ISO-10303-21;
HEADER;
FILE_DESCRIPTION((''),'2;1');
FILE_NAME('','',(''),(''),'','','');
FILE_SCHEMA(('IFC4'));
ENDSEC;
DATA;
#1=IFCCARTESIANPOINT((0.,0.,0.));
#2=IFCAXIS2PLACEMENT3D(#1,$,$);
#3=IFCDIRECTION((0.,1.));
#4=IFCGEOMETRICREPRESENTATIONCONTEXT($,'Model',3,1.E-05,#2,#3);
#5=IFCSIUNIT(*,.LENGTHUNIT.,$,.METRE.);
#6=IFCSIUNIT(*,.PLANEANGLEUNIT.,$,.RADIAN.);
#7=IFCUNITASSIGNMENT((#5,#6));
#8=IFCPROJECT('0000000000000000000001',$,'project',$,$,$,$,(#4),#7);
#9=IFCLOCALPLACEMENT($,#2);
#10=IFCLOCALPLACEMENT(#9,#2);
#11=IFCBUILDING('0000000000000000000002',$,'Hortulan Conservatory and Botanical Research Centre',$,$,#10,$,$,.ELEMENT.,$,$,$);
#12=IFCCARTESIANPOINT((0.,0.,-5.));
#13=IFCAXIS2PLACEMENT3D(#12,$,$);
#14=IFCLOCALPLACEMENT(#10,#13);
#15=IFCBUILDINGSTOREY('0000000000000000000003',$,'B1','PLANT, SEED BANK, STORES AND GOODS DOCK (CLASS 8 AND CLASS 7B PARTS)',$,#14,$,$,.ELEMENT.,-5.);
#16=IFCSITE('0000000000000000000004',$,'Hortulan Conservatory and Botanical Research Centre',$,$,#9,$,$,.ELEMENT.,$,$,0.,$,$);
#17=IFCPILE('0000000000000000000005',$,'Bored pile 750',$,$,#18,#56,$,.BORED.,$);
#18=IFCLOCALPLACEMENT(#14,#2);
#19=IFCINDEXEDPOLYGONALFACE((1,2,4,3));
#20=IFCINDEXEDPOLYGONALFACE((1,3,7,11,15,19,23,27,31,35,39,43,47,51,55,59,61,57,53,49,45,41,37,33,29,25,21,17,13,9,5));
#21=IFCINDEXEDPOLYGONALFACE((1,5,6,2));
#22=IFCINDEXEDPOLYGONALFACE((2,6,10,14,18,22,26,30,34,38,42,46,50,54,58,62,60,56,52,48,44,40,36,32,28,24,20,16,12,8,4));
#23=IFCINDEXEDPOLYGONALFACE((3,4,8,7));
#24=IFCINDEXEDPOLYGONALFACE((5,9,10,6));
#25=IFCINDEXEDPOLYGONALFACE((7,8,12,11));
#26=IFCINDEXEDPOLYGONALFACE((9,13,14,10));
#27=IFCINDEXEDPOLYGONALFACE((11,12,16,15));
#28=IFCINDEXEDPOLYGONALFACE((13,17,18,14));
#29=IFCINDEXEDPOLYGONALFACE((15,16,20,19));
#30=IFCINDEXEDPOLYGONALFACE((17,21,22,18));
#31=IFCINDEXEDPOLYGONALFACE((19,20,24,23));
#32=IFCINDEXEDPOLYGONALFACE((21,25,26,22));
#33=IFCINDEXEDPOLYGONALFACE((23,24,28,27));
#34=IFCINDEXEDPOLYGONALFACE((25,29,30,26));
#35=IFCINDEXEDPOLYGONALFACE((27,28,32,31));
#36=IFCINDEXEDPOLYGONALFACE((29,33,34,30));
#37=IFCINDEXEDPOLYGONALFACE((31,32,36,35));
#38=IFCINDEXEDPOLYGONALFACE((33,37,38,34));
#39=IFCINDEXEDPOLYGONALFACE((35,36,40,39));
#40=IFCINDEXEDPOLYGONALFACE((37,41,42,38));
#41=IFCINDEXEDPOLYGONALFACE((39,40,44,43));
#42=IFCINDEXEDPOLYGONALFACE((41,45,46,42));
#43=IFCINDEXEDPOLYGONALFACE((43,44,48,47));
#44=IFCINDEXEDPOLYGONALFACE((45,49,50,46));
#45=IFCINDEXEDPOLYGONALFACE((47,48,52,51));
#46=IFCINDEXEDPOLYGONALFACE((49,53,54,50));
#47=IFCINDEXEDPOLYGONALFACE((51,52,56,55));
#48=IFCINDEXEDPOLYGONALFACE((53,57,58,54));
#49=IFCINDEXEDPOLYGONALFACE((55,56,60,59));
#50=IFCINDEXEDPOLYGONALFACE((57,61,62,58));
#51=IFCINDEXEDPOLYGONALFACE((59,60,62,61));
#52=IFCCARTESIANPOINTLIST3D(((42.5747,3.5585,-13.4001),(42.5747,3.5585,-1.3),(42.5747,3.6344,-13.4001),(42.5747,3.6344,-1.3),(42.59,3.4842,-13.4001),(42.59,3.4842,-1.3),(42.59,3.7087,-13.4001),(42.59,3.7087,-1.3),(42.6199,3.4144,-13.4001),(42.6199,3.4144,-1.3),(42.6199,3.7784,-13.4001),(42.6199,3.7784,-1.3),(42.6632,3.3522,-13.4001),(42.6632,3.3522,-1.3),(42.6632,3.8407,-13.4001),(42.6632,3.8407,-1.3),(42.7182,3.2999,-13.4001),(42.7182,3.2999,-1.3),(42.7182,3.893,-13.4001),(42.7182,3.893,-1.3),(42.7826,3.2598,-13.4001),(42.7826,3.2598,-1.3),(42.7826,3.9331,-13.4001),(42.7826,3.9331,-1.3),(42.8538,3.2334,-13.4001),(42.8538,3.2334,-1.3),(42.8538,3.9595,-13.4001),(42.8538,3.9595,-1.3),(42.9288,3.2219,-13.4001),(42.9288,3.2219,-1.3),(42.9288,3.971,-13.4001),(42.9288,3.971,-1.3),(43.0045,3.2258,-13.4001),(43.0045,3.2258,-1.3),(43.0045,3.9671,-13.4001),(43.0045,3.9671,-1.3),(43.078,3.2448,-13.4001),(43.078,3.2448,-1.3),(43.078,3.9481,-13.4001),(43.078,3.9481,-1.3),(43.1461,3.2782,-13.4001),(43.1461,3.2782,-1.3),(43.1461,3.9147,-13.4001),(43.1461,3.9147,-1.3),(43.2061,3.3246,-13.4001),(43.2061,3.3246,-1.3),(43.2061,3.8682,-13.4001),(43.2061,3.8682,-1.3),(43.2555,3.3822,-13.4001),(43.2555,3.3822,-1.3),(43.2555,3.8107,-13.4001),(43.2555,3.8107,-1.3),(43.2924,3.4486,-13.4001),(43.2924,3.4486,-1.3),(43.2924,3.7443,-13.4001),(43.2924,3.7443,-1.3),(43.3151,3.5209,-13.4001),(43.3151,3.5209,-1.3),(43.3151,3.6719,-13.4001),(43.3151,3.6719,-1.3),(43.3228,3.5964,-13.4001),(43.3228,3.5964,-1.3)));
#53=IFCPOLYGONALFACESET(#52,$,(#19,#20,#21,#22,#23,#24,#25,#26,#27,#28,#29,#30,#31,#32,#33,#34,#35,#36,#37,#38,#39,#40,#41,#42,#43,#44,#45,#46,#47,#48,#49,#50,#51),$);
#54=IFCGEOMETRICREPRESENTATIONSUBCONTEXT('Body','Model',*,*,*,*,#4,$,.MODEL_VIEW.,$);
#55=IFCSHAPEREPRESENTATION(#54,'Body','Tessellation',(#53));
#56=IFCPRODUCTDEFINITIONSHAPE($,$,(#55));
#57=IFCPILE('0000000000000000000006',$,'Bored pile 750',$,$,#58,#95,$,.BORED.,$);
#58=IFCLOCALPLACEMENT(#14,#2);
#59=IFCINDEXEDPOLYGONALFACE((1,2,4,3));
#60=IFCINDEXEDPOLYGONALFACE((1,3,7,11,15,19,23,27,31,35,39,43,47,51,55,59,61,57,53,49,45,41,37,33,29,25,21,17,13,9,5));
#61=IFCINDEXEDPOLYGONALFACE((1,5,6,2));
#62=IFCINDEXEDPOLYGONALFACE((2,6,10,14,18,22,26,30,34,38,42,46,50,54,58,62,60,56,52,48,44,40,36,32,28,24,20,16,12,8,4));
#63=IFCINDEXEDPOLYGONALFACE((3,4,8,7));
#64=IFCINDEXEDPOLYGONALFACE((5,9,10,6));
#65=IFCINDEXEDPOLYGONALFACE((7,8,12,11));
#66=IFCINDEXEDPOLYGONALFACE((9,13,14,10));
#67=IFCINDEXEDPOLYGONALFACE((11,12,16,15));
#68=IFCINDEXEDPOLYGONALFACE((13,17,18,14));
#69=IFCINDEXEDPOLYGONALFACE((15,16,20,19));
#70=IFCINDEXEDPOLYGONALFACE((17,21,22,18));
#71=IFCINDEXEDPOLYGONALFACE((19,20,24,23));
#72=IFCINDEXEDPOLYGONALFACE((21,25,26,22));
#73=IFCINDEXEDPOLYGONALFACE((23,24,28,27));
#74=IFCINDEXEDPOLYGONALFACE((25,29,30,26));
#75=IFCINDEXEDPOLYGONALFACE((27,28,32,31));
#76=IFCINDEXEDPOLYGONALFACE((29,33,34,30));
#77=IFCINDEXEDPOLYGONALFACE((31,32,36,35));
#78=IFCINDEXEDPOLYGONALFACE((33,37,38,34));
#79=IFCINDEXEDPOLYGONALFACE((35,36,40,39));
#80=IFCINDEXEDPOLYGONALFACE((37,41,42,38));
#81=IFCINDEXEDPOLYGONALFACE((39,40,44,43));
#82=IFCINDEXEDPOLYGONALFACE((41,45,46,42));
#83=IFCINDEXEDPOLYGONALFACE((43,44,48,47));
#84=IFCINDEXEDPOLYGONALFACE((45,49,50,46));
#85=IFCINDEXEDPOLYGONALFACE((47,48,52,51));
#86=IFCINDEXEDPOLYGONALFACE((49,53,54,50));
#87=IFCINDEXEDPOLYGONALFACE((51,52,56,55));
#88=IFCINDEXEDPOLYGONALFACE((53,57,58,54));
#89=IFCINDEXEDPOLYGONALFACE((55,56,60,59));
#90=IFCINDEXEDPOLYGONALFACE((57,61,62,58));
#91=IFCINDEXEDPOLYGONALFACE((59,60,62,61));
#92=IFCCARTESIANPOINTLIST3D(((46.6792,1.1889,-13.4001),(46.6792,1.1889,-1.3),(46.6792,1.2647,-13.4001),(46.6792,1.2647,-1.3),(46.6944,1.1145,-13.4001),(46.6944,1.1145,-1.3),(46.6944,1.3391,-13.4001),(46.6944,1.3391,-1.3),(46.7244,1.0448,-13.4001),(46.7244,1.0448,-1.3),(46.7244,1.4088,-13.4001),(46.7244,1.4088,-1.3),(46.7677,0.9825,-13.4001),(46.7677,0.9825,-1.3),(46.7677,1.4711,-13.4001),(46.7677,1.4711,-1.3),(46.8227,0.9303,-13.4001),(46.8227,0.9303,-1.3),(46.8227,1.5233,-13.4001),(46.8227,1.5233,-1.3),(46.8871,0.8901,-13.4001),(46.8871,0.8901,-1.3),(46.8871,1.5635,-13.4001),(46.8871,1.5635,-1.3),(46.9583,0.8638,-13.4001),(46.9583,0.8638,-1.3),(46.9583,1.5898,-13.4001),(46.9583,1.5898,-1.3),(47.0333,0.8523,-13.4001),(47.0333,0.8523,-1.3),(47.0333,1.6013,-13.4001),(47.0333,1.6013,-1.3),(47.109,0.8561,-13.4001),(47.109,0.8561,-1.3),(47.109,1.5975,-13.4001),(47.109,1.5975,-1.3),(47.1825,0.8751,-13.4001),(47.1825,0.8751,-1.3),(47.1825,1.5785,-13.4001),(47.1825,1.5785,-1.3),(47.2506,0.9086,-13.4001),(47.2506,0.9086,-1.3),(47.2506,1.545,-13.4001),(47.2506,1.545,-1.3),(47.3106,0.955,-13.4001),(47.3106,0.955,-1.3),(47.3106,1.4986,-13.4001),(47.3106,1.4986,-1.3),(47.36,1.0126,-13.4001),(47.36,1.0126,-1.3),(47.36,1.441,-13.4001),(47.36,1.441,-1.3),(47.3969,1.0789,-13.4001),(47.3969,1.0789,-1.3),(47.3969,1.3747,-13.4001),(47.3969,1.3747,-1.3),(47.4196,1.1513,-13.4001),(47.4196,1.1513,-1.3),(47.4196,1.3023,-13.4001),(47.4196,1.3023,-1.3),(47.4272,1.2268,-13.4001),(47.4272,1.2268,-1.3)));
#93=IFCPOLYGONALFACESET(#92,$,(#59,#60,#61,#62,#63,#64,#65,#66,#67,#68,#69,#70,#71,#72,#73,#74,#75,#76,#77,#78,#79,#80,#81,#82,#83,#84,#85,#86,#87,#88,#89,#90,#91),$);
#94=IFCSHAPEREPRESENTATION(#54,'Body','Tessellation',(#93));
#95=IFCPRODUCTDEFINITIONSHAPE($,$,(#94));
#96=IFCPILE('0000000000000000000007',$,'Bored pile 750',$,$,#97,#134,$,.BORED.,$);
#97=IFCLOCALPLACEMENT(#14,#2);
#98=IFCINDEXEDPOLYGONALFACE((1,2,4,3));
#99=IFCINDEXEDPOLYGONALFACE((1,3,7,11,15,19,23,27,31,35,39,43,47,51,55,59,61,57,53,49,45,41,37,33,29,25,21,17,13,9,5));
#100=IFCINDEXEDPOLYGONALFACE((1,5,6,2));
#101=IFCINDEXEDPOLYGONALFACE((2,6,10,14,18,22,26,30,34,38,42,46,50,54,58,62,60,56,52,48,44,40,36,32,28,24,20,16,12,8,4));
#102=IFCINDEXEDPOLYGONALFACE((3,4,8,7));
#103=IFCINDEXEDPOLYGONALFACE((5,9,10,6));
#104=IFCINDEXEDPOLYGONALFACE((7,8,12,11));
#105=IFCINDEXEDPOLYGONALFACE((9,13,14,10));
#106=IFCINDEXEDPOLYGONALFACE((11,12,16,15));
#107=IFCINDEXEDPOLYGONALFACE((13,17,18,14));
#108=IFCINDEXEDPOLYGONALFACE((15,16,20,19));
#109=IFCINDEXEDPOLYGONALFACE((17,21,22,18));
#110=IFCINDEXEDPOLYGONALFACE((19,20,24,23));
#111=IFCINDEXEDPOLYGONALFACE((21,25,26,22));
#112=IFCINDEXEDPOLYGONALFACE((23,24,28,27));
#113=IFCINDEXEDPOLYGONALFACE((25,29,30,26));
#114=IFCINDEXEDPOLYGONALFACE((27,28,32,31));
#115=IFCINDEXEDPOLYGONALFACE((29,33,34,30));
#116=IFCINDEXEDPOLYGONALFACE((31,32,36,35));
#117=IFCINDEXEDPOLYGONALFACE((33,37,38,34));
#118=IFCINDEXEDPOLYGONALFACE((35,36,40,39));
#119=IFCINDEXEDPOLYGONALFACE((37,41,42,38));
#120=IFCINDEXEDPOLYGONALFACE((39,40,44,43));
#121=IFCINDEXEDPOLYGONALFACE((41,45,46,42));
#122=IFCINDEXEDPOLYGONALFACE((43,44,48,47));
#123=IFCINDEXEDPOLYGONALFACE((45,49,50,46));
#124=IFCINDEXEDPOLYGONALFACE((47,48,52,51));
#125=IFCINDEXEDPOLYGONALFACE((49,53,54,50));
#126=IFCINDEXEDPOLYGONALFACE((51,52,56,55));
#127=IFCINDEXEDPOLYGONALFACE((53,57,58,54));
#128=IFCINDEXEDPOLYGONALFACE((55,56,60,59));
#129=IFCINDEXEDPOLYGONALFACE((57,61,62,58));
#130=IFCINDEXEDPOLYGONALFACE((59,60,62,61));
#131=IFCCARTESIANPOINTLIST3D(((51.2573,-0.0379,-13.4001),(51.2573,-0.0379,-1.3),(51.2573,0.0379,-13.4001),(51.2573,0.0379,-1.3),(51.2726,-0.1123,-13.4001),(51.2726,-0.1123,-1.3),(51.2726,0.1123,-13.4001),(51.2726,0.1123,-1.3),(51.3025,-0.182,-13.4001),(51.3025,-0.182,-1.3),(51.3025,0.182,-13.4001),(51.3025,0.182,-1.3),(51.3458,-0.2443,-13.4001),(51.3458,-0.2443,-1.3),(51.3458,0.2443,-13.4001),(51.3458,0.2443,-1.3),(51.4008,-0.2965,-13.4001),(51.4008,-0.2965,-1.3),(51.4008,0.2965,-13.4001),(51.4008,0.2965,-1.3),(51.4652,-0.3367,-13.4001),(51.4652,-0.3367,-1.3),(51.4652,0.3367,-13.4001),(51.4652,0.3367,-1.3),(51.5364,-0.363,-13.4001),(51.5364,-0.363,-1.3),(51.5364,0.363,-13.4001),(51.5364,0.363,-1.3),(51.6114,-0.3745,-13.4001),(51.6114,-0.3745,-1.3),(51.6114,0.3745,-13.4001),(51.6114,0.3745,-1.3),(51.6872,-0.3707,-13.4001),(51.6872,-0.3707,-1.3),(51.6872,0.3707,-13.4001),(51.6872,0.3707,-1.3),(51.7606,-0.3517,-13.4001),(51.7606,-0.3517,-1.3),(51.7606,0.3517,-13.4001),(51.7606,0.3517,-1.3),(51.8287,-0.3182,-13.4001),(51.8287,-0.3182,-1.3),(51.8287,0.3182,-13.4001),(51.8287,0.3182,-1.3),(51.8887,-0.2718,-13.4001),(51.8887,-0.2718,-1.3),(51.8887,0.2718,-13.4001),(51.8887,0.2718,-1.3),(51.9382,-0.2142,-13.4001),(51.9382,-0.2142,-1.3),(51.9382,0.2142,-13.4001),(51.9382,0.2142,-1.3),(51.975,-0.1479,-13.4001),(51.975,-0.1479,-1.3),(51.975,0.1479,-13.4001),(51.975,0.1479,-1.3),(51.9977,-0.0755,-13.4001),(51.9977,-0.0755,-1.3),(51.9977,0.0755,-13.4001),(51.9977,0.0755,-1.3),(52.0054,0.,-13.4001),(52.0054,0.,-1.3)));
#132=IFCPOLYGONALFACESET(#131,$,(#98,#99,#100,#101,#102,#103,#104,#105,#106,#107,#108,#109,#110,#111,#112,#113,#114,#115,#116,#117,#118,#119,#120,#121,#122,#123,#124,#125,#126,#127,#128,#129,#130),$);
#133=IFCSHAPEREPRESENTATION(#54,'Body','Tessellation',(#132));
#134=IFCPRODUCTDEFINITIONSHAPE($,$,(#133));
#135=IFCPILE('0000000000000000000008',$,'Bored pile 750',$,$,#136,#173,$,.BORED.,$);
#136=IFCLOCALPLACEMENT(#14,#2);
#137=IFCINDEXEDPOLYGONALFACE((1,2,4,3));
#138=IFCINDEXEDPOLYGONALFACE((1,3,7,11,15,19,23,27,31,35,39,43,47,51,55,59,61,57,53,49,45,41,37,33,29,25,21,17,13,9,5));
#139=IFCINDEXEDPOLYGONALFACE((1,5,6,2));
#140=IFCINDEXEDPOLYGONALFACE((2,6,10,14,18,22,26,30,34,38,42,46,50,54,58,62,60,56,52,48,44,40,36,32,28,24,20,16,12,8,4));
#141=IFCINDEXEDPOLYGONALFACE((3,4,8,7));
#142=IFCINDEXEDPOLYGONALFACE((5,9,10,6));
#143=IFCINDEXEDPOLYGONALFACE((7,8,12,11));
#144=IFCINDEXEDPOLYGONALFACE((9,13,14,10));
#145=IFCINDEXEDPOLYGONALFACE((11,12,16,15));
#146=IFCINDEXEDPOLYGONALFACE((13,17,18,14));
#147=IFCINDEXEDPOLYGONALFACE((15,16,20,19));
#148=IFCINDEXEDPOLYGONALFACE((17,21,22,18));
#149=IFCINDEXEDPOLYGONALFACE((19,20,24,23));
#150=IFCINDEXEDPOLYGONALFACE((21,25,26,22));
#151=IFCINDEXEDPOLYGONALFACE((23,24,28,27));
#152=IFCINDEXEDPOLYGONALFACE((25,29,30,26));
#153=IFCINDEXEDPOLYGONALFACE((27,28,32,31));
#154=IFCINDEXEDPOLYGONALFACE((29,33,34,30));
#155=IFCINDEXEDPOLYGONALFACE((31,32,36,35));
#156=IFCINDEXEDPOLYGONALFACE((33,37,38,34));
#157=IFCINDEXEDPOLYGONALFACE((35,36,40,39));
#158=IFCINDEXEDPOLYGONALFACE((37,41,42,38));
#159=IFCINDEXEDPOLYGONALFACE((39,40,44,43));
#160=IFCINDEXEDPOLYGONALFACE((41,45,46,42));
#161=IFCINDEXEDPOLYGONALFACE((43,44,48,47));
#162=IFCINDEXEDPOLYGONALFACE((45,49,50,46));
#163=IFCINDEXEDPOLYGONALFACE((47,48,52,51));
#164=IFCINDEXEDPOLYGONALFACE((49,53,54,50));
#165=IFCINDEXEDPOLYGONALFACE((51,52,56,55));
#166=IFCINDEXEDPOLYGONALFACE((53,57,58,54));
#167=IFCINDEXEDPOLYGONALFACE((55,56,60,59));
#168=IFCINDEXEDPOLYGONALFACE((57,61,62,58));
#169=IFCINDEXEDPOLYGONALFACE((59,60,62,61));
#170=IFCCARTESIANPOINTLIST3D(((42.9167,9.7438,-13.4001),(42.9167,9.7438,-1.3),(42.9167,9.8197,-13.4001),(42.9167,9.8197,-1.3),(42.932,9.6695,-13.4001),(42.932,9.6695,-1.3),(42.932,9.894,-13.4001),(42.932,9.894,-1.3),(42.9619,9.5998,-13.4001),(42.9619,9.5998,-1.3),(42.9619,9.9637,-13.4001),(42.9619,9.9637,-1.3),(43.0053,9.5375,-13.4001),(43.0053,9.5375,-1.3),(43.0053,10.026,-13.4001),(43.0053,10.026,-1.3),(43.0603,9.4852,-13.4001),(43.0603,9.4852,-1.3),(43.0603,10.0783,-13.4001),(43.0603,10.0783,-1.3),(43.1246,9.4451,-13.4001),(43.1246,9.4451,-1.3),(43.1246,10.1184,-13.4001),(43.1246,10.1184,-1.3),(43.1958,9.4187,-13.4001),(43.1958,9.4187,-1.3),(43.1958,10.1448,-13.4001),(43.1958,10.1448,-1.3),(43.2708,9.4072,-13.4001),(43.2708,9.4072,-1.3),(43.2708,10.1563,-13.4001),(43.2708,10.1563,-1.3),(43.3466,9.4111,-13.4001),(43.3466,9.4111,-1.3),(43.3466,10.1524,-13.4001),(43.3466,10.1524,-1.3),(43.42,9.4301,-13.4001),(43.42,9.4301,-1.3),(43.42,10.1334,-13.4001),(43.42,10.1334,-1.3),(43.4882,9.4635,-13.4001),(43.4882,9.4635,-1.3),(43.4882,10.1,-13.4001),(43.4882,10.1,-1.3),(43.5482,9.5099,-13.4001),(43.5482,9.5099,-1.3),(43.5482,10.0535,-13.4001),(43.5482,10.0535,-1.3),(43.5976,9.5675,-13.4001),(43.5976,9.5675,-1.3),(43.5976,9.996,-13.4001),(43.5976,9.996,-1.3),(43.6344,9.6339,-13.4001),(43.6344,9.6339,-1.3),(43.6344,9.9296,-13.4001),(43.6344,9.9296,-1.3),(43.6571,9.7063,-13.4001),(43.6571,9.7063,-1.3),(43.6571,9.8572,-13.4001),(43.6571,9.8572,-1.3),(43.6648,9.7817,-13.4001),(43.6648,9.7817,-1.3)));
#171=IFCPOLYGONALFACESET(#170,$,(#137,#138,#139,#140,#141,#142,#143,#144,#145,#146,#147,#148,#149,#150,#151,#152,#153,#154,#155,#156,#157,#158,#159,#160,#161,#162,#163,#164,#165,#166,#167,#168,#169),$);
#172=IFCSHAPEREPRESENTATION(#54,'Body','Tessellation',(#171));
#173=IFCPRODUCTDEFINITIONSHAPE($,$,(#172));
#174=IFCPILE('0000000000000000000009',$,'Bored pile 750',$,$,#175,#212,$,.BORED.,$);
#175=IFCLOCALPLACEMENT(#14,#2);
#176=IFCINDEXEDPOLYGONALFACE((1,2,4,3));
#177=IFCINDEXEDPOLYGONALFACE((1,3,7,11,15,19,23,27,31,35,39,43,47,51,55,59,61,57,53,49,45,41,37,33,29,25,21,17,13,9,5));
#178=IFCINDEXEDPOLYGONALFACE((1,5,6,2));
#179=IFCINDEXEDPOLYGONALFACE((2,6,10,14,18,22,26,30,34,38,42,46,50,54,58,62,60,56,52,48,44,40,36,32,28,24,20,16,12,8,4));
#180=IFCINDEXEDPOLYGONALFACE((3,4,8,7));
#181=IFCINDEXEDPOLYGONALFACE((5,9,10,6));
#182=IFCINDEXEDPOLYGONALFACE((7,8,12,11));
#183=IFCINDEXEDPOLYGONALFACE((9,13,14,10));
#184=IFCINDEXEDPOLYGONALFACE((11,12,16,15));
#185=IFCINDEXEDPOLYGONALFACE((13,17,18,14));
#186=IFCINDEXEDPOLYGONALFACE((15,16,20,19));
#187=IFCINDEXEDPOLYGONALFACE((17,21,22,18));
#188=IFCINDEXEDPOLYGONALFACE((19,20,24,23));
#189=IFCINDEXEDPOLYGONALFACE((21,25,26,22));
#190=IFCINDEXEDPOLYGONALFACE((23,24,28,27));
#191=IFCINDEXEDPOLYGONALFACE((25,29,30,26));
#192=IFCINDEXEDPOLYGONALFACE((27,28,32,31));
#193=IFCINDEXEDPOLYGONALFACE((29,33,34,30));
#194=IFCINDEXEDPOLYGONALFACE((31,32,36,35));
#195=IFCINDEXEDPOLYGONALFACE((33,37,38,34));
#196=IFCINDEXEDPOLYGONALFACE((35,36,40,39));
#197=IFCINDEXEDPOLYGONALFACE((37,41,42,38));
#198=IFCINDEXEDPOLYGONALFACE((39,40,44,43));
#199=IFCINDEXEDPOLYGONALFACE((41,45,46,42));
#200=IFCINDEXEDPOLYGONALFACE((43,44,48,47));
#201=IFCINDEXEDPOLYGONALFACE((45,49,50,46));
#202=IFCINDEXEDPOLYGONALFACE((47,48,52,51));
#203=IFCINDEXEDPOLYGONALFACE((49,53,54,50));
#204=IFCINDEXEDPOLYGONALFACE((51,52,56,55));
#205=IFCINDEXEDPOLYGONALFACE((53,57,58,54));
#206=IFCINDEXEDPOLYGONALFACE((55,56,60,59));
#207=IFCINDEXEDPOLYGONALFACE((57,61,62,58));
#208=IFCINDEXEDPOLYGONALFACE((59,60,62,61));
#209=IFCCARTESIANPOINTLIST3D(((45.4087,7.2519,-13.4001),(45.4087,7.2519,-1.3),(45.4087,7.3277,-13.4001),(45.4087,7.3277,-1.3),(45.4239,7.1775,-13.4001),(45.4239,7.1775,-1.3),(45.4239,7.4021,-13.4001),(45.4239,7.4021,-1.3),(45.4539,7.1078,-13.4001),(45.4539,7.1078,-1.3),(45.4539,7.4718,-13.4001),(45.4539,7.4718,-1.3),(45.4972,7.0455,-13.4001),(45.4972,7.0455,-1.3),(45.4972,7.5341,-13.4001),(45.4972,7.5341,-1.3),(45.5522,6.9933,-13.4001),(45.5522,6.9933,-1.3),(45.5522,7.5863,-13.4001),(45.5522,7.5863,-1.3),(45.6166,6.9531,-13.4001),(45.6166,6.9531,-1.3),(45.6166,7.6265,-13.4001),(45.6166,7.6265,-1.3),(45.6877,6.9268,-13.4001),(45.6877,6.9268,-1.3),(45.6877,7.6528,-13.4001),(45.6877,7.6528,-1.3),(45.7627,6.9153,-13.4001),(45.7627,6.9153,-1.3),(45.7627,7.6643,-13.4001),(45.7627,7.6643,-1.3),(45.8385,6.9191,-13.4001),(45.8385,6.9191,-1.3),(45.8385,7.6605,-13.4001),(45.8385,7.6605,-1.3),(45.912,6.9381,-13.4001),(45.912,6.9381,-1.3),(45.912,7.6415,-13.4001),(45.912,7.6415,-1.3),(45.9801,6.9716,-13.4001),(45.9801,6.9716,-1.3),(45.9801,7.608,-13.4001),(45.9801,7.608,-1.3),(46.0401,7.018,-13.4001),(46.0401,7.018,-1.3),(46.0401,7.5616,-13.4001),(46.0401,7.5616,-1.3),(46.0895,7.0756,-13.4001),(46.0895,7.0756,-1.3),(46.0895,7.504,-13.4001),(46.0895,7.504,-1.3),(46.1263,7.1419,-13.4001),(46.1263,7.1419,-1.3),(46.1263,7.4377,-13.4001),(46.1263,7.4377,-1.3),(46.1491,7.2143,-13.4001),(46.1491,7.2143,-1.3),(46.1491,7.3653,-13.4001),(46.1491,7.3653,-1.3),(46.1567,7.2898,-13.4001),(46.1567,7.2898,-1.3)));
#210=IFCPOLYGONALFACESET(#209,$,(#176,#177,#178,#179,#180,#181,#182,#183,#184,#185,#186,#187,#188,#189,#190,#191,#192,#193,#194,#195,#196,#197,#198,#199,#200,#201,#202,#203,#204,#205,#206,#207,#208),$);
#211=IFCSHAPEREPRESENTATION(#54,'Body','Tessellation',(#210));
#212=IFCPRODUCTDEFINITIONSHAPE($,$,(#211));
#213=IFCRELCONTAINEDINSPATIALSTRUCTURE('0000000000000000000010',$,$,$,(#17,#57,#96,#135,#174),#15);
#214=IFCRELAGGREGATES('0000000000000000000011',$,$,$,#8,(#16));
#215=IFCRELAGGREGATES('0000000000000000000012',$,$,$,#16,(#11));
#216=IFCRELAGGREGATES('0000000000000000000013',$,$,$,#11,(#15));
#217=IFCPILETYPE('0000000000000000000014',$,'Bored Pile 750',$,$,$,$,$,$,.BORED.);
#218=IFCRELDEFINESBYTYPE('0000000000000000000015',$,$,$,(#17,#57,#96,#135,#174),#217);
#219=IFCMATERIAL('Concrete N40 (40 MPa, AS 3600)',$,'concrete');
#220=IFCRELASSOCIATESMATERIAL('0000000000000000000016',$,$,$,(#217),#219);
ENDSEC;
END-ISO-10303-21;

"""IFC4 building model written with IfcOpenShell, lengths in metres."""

from ifc_helpers import new_model, si_unit, direction, frame, origin, origin_2d, place, context, subcontext, project, spatial, circle, extrude, material, material_profile, profile_set, type_object, element, save


model = new_model("IFC4")

# Units and contexts
model_context = context("Model", 3, precision=1e-05, world=origin(), true_north=direction((0.0, 1.0)))
body_context = subcontext(model_context, "Body", "Model", "MODEL_VIEW")
ifc_project = project(units=[si_unit("LENGTHUNIT", "METRE"), si_unit("PLANEANGLEUNIT", "RADIAN")], contexts=[model_context])

# Site, building, storey
site_placement = place(None, origin())
site = spatial("IfcSite", under=ifc_project, at=site_placement, Name="Hortulan Conservatory and Botanical Research Centre", CompositionType="ELEMENT", RefElevation=0.0)
building_placement = place(site_placement, origin())
building = spatial("IfcBuilding", under=site, at=building_placement, Name="Hortulan Conservatory and Botanical Research Centre", CompositionType="ELEMENT")
storey_placement = place(building_placement, frame((0.0, 0.0, -5.0)))
storey = spatial("IfcBuildingStorey", under=building, at=storey_placement, Name="B1", Description="PLANT, SEED BANK, STORES AND GOODS DOCK (CLASS 8 AND CLASS 7B PARTS)", CompositionType="ELEMENT", Elevation=-5.0)

# Piles
ifc_material_1 = material(Name="Concrete N40 (40 MPa, AS 3600)", Category="concrete")
ifc_material_profile_1 = material_profile(ifc_material_1, circle(Radius=0.375, at=origin_2d()), Name="Bored pile 750 diameter")
ifc_profile_set_1 = profile_set([ifc_material_profile_1], Name="Concrete N40 (40 MPa, AS 3600)")
pile_type = type_object("IfcPileType", Name="Bored Pile 750", PredefinedType="BORED", material=ifc_profile_set_1)
for number, where, z_axis, x_axis, name in (
    (1, (42.9478, 3.5964, -1.3), (0.0, 0.0, -1.0), (1.0, 0.0, 0.0), "Bored pile 750"),
    (2, (47.0522, 1.2268, -1.3), (0.0, 0.0, -1.0), (1.0, 0.0, 0.0), "Bored pile 750"),
    (3, (51.6304, 0.0, -1.3), (0.0, 0.0, -1.0), (1.0, 0.0, 0.0), "Bored pile 750"),
    (4, (43.2898, 9.7817, -1.3), (0.0, 0.0, -1.0), (1.0, 0.0, 0.0), "Bored pile 750"),
    (5, (45.7817, 7.2898, -1.3), (0.0, 0.0, -1.0), (1.0, 0.0, 0.0), "Bored pile 750"),
):
    element("IfcPile", number, at=place(storey_placement, frame(where, z_axis=z_axis, x_axis=x_axis)), inside=storey, type_object=pile_type, Name=name, PredefinedType="BORED", context=body_context, shape_type="SweptSolid", body=[
        extrude(circle(Radius=0.375, at=origin_2d()), origin(), (0.0, 0.0, 1.0), 12.1001),
    ])

save(model, "model.ifc")
